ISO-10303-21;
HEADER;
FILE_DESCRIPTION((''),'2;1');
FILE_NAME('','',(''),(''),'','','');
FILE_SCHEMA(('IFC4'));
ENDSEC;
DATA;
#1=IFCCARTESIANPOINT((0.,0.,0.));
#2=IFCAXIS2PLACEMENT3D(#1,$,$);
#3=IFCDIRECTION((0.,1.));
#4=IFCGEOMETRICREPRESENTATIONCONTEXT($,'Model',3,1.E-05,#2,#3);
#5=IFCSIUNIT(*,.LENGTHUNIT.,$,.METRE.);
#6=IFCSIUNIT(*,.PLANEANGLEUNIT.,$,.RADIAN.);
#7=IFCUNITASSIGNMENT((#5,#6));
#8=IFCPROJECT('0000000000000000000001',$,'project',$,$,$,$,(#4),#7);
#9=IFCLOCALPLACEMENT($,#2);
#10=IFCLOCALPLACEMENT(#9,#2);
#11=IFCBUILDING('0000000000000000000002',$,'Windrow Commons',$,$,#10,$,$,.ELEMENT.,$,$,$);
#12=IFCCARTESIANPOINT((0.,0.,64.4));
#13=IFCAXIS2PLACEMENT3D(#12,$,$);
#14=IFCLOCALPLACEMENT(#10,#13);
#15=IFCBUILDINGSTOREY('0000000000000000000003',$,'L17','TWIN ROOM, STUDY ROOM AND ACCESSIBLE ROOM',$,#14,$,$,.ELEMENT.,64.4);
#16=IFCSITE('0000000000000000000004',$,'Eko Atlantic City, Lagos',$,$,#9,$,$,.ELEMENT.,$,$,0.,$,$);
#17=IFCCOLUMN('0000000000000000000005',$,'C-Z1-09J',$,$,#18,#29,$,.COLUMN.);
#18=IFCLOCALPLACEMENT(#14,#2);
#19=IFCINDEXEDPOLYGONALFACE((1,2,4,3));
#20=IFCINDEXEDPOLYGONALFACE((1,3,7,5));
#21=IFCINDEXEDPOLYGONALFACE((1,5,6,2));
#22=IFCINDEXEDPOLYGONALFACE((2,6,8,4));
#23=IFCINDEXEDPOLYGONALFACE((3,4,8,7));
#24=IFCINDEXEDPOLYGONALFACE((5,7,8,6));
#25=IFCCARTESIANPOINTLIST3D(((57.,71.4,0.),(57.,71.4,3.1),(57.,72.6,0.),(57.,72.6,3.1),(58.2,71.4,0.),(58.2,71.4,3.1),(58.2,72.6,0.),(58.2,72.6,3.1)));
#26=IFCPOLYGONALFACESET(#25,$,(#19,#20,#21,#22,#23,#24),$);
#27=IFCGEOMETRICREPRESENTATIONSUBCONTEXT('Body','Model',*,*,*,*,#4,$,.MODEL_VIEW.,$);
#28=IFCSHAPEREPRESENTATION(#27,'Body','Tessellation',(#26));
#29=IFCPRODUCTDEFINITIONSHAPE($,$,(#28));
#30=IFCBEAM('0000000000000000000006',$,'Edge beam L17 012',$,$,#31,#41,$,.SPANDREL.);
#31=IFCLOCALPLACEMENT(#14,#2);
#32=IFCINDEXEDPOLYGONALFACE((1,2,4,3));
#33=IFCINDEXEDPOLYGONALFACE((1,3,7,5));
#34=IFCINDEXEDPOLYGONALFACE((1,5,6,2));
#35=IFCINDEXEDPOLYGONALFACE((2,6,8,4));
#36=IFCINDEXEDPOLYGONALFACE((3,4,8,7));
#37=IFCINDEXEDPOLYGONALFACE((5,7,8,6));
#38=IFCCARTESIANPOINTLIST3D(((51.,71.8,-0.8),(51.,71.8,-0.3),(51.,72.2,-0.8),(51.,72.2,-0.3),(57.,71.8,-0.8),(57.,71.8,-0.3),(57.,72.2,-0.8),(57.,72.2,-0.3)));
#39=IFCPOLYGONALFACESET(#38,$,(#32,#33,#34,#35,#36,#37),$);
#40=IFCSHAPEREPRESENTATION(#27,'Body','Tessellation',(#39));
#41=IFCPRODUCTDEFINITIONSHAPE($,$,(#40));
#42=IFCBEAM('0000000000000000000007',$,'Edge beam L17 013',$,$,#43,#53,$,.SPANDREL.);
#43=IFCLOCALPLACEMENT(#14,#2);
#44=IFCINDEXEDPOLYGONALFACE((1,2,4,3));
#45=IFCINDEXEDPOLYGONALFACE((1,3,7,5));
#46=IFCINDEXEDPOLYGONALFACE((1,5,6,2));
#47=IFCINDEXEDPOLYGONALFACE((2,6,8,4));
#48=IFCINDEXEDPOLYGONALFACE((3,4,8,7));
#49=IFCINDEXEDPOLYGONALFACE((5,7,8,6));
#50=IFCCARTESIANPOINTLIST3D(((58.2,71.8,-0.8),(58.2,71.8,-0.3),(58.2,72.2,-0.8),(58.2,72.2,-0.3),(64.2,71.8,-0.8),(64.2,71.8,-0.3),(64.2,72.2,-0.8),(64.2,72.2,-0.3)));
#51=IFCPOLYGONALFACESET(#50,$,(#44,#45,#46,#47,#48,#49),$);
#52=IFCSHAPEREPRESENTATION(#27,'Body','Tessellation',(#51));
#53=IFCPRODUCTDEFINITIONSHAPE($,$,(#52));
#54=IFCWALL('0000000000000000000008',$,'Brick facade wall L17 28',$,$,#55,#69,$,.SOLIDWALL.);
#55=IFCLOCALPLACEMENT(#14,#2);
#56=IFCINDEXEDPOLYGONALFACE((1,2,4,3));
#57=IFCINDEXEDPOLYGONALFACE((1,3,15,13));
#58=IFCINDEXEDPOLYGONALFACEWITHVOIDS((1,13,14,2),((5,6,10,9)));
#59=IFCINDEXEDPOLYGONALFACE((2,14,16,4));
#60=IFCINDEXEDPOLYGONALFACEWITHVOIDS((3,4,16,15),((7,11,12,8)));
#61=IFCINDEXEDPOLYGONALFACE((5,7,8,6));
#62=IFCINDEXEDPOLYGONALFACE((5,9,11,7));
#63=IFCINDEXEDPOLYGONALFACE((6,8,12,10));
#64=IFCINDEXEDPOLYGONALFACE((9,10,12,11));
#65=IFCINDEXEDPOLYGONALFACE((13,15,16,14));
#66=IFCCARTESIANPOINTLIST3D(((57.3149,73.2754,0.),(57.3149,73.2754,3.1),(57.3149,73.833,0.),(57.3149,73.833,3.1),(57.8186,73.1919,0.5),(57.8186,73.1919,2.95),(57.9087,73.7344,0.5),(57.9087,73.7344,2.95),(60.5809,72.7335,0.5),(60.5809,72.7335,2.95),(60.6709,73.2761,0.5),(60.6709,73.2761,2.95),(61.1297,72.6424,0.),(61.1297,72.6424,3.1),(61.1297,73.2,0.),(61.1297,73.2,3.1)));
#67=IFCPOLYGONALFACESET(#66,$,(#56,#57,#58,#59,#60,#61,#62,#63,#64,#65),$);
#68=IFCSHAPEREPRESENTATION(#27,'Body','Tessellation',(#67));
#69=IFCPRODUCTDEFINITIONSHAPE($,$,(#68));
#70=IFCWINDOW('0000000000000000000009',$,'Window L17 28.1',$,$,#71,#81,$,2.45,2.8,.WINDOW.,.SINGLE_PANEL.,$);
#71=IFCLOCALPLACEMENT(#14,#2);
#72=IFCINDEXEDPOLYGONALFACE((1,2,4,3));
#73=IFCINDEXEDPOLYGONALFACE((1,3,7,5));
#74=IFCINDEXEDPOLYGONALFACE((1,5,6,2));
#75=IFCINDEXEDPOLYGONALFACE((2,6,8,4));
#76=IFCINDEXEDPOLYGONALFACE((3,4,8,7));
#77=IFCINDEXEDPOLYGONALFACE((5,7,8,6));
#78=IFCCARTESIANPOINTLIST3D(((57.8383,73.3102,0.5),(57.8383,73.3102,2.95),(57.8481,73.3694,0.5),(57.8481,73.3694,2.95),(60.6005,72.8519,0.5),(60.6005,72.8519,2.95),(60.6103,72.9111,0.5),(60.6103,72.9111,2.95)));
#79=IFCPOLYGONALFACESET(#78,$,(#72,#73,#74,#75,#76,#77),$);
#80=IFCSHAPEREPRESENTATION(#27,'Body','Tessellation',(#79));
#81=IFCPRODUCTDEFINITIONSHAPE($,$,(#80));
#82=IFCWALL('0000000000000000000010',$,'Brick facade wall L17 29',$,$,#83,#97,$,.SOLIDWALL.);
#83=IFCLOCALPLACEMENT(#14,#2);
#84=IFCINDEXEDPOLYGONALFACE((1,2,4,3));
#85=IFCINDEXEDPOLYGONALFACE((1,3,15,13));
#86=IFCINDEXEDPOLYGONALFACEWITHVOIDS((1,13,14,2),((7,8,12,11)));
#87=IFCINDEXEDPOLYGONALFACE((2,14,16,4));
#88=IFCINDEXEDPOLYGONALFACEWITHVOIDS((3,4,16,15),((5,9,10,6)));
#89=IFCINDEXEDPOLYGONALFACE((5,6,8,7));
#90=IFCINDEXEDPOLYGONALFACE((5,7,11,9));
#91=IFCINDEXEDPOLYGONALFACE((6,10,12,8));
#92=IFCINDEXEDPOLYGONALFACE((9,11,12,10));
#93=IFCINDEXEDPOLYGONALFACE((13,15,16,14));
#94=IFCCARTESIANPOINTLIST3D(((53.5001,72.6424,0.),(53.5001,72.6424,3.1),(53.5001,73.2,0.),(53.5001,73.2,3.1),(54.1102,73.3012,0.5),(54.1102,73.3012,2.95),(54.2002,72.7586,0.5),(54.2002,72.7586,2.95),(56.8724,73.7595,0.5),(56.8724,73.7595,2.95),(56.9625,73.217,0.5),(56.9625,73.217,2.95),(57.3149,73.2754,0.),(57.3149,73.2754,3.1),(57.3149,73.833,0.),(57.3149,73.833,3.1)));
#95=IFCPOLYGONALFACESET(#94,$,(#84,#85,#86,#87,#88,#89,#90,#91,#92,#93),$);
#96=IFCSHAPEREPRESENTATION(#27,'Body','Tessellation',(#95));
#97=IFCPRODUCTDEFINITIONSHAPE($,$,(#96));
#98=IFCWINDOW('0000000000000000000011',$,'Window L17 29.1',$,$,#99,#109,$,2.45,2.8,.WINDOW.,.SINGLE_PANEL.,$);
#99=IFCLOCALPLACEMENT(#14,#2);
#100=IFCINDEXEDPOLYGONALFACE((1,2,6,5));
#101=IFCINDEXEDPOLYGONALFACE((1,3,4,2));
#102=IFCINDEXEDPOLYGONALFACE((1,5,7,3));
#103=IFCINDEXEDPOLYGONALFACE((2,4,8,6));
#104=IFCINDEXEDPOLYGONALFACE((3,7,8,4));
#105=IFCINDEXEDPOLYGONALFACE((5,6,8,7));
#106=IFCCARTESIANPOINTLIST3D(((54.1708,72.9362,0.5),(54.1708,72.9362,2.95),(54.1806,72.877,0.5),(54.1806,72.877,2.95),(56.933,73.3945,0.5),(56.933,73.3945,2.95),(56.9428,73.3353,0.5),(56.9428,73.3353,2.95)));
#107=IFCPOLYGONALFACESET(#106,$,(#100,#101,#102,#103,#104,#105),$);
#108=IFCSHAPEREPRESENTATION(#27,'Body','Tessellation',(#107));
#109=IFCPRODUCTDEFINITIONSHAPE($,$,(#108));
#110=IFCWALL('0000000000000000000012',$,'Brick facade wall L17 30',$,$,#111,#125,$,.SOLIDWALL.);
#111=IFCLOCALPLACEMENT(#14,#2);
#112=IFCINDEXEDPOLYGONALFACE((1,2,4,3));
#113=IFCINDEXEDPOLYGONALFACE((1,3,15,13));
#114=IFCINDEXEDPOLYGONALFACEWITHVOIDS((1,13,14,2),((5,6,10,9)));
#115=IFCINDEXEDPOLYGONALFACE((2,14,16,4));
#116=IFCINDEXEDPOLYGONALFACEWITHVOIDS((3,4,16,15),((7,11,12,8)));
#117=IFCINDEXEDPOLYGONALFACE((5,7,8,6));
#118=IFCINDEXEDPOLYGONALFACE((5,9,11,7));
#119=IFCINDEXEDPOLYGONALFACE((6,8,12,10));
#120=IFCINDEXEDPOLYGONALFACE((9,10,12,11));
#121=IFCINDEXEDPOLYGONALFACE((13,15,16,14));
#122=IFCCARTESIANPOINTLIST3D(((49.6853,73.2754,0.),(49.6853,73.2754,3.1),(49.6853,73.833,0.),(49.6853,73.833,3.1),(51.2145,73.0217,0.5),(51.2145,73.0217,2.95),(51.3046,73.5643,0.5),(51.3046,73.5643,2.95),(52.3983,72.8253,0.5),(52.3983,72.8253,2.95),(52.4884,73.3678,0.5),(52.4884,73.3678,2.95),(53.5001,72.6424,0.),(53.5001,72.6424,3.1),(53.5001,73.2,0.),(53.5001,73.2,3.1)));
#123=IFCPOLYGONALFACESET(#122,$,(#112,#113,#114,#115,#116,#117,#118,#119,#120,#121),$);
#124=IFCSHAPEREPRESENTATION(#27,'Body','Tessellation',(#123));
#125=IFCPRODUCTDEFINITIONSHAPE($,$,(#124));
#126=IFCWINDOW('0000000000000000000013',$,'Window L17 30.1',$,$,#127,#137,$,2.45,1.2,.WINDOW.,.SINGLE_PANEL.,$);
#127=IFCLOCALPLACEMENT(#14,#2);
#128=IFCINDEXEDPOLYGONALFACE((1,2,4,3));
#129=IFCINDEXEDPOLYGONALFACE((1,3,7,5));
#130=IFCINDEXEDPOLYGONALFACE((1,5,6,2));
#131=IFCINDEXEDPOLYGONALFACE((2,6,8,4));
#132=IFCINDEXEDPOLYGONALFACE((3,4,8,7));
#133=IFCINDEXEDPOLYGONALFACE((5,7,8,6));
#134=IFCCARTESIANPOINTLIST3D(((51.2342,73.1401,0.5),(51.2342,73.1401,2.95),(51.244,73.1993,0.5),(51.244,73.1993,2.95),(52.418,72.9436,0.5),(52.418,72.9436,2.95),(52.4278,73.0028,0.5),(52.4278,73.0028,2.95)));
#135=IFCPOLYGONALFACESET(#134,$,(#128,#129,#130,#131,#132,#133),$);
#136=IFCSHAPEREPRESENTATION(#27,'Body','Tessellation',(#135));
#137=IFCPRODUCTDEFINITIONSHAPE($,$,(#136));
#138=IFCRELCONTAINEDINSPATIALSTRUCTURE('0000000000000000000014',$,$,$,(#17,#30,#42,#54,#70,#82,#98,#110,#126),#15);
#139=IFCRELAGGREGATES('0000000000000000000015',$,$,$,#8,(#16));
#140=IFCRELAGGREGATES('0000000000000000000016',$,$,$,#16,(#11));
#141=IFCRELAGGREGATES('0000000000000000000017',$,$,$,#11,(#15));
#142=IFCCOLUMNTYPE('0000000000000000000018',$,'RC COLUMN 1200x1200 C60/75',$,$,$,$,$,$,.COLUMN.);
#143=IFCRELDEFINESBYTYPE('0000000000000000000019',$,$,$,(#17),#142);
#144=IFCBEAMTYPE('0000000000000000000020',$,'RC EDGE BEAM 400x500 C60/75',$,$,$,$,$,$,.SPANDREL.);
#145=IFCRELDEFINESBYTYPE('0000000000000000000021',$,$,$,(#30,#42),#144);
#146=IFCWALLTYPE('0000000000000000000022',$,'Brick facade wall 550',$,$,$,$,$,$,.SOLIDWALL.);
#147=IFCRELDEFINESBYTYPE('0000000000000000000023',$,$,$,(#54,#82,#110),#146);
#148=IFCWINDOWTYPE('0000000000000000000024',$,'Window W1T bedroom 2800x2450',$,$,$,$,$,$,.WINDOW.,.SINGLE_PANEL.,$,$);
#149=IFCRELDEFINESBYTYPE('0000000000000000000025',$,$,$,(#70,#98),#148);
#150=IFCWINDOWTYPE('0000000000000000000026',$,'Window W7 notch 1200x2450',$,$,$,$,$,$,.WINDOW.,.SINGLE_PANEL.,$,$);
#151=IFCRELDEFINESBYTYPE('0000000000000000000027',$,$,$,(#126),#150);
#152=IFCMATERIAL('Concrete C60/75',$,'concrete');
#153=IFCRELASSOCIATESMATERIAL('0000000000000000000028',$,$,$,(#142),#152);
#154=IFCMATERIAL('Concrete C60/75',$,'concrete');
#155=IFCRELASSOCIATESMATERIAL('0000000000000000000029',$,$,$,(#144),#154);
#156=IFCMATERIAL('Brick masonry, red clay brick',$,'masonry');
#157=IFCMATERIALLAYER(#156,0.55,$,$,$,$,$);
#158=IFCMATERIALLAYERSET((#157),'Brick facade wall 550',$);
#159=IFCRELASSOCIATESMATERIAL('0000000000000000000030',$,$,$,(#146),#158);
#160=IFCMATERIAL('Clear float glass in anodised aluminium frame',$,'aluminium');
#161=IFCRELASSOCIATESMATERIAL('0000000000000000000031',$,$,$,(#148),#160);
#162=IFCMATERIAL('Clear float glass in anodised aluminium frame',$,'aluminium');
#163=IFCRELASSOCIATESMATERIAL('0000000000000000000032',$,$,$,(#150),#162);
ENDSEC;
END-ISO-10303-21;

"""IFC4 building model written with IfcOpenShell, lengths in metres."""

from ifc_helpers import new_model, si_unit, direction, frame, frame_2d, origin, origin_2d, place, context, subcontext, project, spatial, polyline, rectangle, outline, extrude, material, layer, layer_set, material_profile, profile_set, type_object, element, fill, save


model = new_model("IFC4")

# Units and contexts
model_context = context("Model", 3, precision=1e-05, world=origin(), true_north=direction((0.0, 1.0)))
body_context = subcontext(model_context, "Body", "Model", "MODEL_VIEW")
ifc_project = project(units=[si_unit("LENGTHUNIT", "METRE"), si_unit("PLANEANGLEUNIT", "RADIAN")], contexts=[model_context])

# Site, building, storey
site_placement = place(None, origin())
site = spatial("IfcSite", under=ifc_project, at=site_placement, Name="Eko Atlantic City, Lagos", CompositionType="ELEMENT", RefElevation=0.0)
building_placement = place(site_placement, origin())
building = spatial("IfcBuilding", under=site, at=building_placement, Name="Windrow Commons", CompositionType="ELEMENT")
storey_placement = place(building_placement, frame((0.0, 0.0, 64.4)))
storey = spatial("IfcBuildingStorey", under=building, at=storey_placement, Name="L17", Description="TWIN ROOM, STUDY ROOM AND ACCESSIBLE ROOM", CompositionType="ELEMENT", Elevation=64.4)

# Column
ifc_material_1 = material(Name="Concrete C60/75", Category="concrete")
ifc_material_profile_1 = material_profile(ifc_material_1, rectangle(XDim=1.2, YDim=1.2, at=origin_2d()))
ifc_profile_set_1 = profile_set([ifc_material_profile_1], Name="Concrete C60/75")
column_type = type_object("IfcColumnType", Name="RC COLUMN 1200x1200 C60/75", PredefinedType="COLUMN", material=ifc_profile_set_1)
column_placement = place(storey_placement, frame((57.6, 72.0, 0.0), z_axis=(0.0, 0.0, 1.0), x_axis=(1.0, 0.0, 0.0)))
element("IfcColumn", 1, at=column_placement, inside=storey, type_object=column_type, Name="C-Z1-09J", PredefinedType="COLUMN", context=body_context, shape_type="SweptSolid", body=[
    extrude(rectangle(XDim=1.2, YDim=1.2, at=origin_2d()), origin(), (0.0, 0.0, 1.0), 3.1),
])

# Beams
ifc_material_2 = material(Name="Concrete C60/75", Category="concrete")
ifc_material_profile_2 = material_profile(ifc_material_2, rectangle(XDim=0.4, YDim=0.5, at=origin_2d()))
ifc_profile_set_2 = profile_set([ifc_material_profile_2], Name="Concrete C60/75")
beam_type = type_object("IfcBeamType", Name="RC EDGE BEAM 400x500 C60/75", PredefinedType="SPANDREL", material=ifc_profile_set_2)
for number, where, z_axis, x_axis, name in (
    (2, (51.0, 72.0, -0.55), (1.0, 0.0, 0.0), (0.0, 1.0, 0.0), "Edge beam L17 012"),
    (3, (58.2, 72.0, -0.55), (1.0, 0.0, 0.0), (0.0, 1.0, 0.0), "Edge beam L17 013"),
):
    element("IfcBeam", number, at=place(storey_placement, frame(where, z_axis=z_axis, x_axis=x_axis)), inside=storey, type_object=beam_type, Name=name, PredefinedType="SPANDREL", context=body_context, shape_type="SweptSolid", body=[
        extrude(rectangle(XDim=0.4, YDim=0.5, at=origin_2d()), origin(), (0.0, 0.0, 1.0), 6.0),
    ])

# Walls, openings, windows
ifc_material_3 = material(Name="Brick masonry, red clay brick", Category="masonry")
ifc_layer_1 = layer(ifc_material_3, 0.55)
ifc_layer_set_1 = layer_set([ifc_layer_1], Name="Brick facade wall 550")
wall_type_1 = type_object("IfcWallType", Name="Brick facade wall 550", PredefinedType="SOLIDWALL", material=ifc_layer_set_1)
wall_1_placement = place(storey_placement, frame((61.1297, 72.9212, 0.0), z_axis=(0.0, 0.0, 1.0), x_axis=(-0.986511, 0.163694, 0.0)))
wall_1 = element("IfcWall", 4, at=wall_1_placement, inside=storey, type_object=wall_type_1, Name="Brick facade wall L17 28", PredefinedType="SOLIDWALL", context=body_context, shape_type="SweptSolid", body=[
    extrude(outline(polyline([(0.0456, -0.275), (3.9126, -0.275), (3.8213, 0.275), (-0.0456, 0.275), (0.0456, -0.275)])), origin(), (0.0, 0.0, 1.0), 3.1),
])
opening_1_placement = place(wall_1_placement, frame((0.5107, 0.0, 0.5)))
opening_1 = element("IfcOpeningElement", 5, at=opening_1_placement, cuts=wall_1, PredefinedType="OPENING", context=body_context, shape_type="SweptSolid", body=[
    extrude(rectangle(XDim=2.8, YDim=2.45, at=frame_2d((1.4, 1.225))), frame((0.0, 0.285, 0.0), z_axis=(0.0, -1.0, 0.0), x_axis=(1.0, 0.0, 0.0)), (0.0, 0.0, 1.0), 0.57),
])
ifc_material_4 = material(Name="Clear float glass in anodised aluminium frame", Category="aluminium")
window_type_1 = type_object("IfcWindowType", Name="Window W1T bedroom 2800x2450", PartitioningType="SINGLE_PANEL", PredefinedType="WINDOW", material=ifc_material_4)
window_1_placement = place(opening_1_placement, origin())
window_1 = element("IfcWindow", 6, at=window_1_placement, inside=storey, type_object=window_type_1, Name="Window L17 28.1", OverallHeight=2.45, OverallWidth=2.8, PartitioningType="SINGLE_PANEL", PredefinedType="WINDOW", context=body_context, shape_type="SweptSolid", body=[
    extrude(rectangle(XDim=2.8, YDim=2.45, at=frame_2d((1.4, 1.225))), frame((0.0, 0.155, 0.0), z_axis=(0.0, -1.0, 0.0), x_axis=(1.0, 0.0, 0.0)), (0.0, 0.0, 1.0), 0.06),
])
fill(opening_1, window_1)
wall_2_placement = place(storey_placement, frame((57.3149, 73.5542, 0.0), z_axis=(0.0, 0.0, 1.0), x_axis=(-0.986511, -0.163694, 0.0)))
wall_2 = element("IfcWall", 7, at=wall_2_placement, inside=storey, type_object=wall_type_1, Name="Brick facade wall L17 29", PredefinedType="SOLIDWALL", context=body_context, shape_type="SweptSolid", body=[
    extrude(outline(polyline([(-0.0456, -0.275), (3.8213, -0.275), (3.9126, 0.275), (0.0456, 0.275), (-0.0456, -0.275)])), origin(), (0.0, 0.0, 1.0), 3.1),
])
opening_2_placement = place(wall_2_placement, frame((0.4029, 0.0, 0.5)))
opening_2 = element("IfcOpeningElement", 8, at=opening_2_placement, cuts=wall_2, PredefinedType="OPENING", context=body_context, shape_type="SweptSolid", body=[
    extrude(rectangle(XDim=2.8, YDim=2.45, at=frame_2d((1.4, 1.225))), frame((0.0, 0.285, 0.0), z_axis=(0.0, -1.0, 0.0), x_axis=(1.0, 0.0, 0.0)), (0.0, 0.0, 1.0), 0.57),
])
window_2_placement = place(opening_2_placement, origin())
window_2 = element("IfcWindow", 9, at=window_2_placement, inside=storey, type_object=window_type_1, Name="Window L17 29.1", OverallHeight=2.45, OverallWidth=2.8, PartitioningType="SINGLE_PANEL", PredefinedType="WINDOW", context=body_context, shape_type="SweptSolid", body=[
    extrude(rectangle(XDim=2.8, YDim=2.45, at=frame_2d((1.4, 1.225))), frame((0.0, 0.155, 0.0), z_axis=(0.0, -1.0, 0.0), x_axis=(1.0, 0.0, 0.0)), (0.0, 0.0, 1.0), 0.06),
])
fill(opening_2, window_2)
wall_3_placement = place(storey_placement, frame((53.5001, 72.9212, 0.0), z_axis=(0.0, 0.0, 1.0), x_axis=(-0.986511, 0.163694, 0.0)))
wall_3 = element("IfcWall", 10, at=wall_3_placement, inside=storey, type_object=wall_type_1, Name="Brick facade wall L17 30", PredefinedType="SOLIDWALL", context=body_context, shape_type="SweptSolid", body=[
    extrude(outline(polyline([(0.0456, -0.275), (3.9126, -0.275), (3.8213, 0.275), (-0.0456, 0.275), (0.0456, -0.275)])), origin(), (0.0, 0.0, 1.0), 3.1),
])
opening_3_placement = place(wall_3_placement, frame((1.0712, 0.0, 0.5)))
opening_3 = element("IfcOpeningElement", 11, at=opening_3_placement, cuts=wall_3, PredefinedType="OPENING", context=body_context, shape_type="SweptSolid", body=[
    extrude(rectangle(XDim=1.2, YDim=2.45, at=frame_2d((0.6, 1.225))), frame((0.0, 0.285, 0.0), z_axis=(0.0, -1.0, 0.0), x_axis=(1.0, 0.0, 0.0)), (0.0, 0.0, 1.0), 0.57),
])
ifc_material_5 = material(Name="Clear float glass in anodised aluminium frame", Category="aluminium")
window_type_2 = type_object("IfcWindowType", Name="Window W7 notch 1200x2450", PartitioningType="SINGLE_PANEL", PredefinedType="WINDOW", material=ifc_material_5)
window_3_placement = place(opening_3_placement, origin())
window_3 = element("IfcWindow", 12, at=window_3_placement, inside=storey, type_object=window_type_2, Name="Window L17 30.1", OverallHeight=2.45, OverallWidth=1.2, PartitioningType="SINGLE_PANEL", PredefinedType="WINDOW", context=body_context, shape_type="SweptSolid", body=[
    extrude(rectangle(XDim=1.2, YDim=2.45, at=frame_2d((0.6, 1.225))), frame((0.0, 0.155, 0.0), z_axis=(0.0, -1.0, 0.0), x_axis=(1.0, 0.0, 0.0)), (0.0, 0.0, 1.0), 0.06),
])
fill(opening_3, window_3)

save(model, "model.ifc")
